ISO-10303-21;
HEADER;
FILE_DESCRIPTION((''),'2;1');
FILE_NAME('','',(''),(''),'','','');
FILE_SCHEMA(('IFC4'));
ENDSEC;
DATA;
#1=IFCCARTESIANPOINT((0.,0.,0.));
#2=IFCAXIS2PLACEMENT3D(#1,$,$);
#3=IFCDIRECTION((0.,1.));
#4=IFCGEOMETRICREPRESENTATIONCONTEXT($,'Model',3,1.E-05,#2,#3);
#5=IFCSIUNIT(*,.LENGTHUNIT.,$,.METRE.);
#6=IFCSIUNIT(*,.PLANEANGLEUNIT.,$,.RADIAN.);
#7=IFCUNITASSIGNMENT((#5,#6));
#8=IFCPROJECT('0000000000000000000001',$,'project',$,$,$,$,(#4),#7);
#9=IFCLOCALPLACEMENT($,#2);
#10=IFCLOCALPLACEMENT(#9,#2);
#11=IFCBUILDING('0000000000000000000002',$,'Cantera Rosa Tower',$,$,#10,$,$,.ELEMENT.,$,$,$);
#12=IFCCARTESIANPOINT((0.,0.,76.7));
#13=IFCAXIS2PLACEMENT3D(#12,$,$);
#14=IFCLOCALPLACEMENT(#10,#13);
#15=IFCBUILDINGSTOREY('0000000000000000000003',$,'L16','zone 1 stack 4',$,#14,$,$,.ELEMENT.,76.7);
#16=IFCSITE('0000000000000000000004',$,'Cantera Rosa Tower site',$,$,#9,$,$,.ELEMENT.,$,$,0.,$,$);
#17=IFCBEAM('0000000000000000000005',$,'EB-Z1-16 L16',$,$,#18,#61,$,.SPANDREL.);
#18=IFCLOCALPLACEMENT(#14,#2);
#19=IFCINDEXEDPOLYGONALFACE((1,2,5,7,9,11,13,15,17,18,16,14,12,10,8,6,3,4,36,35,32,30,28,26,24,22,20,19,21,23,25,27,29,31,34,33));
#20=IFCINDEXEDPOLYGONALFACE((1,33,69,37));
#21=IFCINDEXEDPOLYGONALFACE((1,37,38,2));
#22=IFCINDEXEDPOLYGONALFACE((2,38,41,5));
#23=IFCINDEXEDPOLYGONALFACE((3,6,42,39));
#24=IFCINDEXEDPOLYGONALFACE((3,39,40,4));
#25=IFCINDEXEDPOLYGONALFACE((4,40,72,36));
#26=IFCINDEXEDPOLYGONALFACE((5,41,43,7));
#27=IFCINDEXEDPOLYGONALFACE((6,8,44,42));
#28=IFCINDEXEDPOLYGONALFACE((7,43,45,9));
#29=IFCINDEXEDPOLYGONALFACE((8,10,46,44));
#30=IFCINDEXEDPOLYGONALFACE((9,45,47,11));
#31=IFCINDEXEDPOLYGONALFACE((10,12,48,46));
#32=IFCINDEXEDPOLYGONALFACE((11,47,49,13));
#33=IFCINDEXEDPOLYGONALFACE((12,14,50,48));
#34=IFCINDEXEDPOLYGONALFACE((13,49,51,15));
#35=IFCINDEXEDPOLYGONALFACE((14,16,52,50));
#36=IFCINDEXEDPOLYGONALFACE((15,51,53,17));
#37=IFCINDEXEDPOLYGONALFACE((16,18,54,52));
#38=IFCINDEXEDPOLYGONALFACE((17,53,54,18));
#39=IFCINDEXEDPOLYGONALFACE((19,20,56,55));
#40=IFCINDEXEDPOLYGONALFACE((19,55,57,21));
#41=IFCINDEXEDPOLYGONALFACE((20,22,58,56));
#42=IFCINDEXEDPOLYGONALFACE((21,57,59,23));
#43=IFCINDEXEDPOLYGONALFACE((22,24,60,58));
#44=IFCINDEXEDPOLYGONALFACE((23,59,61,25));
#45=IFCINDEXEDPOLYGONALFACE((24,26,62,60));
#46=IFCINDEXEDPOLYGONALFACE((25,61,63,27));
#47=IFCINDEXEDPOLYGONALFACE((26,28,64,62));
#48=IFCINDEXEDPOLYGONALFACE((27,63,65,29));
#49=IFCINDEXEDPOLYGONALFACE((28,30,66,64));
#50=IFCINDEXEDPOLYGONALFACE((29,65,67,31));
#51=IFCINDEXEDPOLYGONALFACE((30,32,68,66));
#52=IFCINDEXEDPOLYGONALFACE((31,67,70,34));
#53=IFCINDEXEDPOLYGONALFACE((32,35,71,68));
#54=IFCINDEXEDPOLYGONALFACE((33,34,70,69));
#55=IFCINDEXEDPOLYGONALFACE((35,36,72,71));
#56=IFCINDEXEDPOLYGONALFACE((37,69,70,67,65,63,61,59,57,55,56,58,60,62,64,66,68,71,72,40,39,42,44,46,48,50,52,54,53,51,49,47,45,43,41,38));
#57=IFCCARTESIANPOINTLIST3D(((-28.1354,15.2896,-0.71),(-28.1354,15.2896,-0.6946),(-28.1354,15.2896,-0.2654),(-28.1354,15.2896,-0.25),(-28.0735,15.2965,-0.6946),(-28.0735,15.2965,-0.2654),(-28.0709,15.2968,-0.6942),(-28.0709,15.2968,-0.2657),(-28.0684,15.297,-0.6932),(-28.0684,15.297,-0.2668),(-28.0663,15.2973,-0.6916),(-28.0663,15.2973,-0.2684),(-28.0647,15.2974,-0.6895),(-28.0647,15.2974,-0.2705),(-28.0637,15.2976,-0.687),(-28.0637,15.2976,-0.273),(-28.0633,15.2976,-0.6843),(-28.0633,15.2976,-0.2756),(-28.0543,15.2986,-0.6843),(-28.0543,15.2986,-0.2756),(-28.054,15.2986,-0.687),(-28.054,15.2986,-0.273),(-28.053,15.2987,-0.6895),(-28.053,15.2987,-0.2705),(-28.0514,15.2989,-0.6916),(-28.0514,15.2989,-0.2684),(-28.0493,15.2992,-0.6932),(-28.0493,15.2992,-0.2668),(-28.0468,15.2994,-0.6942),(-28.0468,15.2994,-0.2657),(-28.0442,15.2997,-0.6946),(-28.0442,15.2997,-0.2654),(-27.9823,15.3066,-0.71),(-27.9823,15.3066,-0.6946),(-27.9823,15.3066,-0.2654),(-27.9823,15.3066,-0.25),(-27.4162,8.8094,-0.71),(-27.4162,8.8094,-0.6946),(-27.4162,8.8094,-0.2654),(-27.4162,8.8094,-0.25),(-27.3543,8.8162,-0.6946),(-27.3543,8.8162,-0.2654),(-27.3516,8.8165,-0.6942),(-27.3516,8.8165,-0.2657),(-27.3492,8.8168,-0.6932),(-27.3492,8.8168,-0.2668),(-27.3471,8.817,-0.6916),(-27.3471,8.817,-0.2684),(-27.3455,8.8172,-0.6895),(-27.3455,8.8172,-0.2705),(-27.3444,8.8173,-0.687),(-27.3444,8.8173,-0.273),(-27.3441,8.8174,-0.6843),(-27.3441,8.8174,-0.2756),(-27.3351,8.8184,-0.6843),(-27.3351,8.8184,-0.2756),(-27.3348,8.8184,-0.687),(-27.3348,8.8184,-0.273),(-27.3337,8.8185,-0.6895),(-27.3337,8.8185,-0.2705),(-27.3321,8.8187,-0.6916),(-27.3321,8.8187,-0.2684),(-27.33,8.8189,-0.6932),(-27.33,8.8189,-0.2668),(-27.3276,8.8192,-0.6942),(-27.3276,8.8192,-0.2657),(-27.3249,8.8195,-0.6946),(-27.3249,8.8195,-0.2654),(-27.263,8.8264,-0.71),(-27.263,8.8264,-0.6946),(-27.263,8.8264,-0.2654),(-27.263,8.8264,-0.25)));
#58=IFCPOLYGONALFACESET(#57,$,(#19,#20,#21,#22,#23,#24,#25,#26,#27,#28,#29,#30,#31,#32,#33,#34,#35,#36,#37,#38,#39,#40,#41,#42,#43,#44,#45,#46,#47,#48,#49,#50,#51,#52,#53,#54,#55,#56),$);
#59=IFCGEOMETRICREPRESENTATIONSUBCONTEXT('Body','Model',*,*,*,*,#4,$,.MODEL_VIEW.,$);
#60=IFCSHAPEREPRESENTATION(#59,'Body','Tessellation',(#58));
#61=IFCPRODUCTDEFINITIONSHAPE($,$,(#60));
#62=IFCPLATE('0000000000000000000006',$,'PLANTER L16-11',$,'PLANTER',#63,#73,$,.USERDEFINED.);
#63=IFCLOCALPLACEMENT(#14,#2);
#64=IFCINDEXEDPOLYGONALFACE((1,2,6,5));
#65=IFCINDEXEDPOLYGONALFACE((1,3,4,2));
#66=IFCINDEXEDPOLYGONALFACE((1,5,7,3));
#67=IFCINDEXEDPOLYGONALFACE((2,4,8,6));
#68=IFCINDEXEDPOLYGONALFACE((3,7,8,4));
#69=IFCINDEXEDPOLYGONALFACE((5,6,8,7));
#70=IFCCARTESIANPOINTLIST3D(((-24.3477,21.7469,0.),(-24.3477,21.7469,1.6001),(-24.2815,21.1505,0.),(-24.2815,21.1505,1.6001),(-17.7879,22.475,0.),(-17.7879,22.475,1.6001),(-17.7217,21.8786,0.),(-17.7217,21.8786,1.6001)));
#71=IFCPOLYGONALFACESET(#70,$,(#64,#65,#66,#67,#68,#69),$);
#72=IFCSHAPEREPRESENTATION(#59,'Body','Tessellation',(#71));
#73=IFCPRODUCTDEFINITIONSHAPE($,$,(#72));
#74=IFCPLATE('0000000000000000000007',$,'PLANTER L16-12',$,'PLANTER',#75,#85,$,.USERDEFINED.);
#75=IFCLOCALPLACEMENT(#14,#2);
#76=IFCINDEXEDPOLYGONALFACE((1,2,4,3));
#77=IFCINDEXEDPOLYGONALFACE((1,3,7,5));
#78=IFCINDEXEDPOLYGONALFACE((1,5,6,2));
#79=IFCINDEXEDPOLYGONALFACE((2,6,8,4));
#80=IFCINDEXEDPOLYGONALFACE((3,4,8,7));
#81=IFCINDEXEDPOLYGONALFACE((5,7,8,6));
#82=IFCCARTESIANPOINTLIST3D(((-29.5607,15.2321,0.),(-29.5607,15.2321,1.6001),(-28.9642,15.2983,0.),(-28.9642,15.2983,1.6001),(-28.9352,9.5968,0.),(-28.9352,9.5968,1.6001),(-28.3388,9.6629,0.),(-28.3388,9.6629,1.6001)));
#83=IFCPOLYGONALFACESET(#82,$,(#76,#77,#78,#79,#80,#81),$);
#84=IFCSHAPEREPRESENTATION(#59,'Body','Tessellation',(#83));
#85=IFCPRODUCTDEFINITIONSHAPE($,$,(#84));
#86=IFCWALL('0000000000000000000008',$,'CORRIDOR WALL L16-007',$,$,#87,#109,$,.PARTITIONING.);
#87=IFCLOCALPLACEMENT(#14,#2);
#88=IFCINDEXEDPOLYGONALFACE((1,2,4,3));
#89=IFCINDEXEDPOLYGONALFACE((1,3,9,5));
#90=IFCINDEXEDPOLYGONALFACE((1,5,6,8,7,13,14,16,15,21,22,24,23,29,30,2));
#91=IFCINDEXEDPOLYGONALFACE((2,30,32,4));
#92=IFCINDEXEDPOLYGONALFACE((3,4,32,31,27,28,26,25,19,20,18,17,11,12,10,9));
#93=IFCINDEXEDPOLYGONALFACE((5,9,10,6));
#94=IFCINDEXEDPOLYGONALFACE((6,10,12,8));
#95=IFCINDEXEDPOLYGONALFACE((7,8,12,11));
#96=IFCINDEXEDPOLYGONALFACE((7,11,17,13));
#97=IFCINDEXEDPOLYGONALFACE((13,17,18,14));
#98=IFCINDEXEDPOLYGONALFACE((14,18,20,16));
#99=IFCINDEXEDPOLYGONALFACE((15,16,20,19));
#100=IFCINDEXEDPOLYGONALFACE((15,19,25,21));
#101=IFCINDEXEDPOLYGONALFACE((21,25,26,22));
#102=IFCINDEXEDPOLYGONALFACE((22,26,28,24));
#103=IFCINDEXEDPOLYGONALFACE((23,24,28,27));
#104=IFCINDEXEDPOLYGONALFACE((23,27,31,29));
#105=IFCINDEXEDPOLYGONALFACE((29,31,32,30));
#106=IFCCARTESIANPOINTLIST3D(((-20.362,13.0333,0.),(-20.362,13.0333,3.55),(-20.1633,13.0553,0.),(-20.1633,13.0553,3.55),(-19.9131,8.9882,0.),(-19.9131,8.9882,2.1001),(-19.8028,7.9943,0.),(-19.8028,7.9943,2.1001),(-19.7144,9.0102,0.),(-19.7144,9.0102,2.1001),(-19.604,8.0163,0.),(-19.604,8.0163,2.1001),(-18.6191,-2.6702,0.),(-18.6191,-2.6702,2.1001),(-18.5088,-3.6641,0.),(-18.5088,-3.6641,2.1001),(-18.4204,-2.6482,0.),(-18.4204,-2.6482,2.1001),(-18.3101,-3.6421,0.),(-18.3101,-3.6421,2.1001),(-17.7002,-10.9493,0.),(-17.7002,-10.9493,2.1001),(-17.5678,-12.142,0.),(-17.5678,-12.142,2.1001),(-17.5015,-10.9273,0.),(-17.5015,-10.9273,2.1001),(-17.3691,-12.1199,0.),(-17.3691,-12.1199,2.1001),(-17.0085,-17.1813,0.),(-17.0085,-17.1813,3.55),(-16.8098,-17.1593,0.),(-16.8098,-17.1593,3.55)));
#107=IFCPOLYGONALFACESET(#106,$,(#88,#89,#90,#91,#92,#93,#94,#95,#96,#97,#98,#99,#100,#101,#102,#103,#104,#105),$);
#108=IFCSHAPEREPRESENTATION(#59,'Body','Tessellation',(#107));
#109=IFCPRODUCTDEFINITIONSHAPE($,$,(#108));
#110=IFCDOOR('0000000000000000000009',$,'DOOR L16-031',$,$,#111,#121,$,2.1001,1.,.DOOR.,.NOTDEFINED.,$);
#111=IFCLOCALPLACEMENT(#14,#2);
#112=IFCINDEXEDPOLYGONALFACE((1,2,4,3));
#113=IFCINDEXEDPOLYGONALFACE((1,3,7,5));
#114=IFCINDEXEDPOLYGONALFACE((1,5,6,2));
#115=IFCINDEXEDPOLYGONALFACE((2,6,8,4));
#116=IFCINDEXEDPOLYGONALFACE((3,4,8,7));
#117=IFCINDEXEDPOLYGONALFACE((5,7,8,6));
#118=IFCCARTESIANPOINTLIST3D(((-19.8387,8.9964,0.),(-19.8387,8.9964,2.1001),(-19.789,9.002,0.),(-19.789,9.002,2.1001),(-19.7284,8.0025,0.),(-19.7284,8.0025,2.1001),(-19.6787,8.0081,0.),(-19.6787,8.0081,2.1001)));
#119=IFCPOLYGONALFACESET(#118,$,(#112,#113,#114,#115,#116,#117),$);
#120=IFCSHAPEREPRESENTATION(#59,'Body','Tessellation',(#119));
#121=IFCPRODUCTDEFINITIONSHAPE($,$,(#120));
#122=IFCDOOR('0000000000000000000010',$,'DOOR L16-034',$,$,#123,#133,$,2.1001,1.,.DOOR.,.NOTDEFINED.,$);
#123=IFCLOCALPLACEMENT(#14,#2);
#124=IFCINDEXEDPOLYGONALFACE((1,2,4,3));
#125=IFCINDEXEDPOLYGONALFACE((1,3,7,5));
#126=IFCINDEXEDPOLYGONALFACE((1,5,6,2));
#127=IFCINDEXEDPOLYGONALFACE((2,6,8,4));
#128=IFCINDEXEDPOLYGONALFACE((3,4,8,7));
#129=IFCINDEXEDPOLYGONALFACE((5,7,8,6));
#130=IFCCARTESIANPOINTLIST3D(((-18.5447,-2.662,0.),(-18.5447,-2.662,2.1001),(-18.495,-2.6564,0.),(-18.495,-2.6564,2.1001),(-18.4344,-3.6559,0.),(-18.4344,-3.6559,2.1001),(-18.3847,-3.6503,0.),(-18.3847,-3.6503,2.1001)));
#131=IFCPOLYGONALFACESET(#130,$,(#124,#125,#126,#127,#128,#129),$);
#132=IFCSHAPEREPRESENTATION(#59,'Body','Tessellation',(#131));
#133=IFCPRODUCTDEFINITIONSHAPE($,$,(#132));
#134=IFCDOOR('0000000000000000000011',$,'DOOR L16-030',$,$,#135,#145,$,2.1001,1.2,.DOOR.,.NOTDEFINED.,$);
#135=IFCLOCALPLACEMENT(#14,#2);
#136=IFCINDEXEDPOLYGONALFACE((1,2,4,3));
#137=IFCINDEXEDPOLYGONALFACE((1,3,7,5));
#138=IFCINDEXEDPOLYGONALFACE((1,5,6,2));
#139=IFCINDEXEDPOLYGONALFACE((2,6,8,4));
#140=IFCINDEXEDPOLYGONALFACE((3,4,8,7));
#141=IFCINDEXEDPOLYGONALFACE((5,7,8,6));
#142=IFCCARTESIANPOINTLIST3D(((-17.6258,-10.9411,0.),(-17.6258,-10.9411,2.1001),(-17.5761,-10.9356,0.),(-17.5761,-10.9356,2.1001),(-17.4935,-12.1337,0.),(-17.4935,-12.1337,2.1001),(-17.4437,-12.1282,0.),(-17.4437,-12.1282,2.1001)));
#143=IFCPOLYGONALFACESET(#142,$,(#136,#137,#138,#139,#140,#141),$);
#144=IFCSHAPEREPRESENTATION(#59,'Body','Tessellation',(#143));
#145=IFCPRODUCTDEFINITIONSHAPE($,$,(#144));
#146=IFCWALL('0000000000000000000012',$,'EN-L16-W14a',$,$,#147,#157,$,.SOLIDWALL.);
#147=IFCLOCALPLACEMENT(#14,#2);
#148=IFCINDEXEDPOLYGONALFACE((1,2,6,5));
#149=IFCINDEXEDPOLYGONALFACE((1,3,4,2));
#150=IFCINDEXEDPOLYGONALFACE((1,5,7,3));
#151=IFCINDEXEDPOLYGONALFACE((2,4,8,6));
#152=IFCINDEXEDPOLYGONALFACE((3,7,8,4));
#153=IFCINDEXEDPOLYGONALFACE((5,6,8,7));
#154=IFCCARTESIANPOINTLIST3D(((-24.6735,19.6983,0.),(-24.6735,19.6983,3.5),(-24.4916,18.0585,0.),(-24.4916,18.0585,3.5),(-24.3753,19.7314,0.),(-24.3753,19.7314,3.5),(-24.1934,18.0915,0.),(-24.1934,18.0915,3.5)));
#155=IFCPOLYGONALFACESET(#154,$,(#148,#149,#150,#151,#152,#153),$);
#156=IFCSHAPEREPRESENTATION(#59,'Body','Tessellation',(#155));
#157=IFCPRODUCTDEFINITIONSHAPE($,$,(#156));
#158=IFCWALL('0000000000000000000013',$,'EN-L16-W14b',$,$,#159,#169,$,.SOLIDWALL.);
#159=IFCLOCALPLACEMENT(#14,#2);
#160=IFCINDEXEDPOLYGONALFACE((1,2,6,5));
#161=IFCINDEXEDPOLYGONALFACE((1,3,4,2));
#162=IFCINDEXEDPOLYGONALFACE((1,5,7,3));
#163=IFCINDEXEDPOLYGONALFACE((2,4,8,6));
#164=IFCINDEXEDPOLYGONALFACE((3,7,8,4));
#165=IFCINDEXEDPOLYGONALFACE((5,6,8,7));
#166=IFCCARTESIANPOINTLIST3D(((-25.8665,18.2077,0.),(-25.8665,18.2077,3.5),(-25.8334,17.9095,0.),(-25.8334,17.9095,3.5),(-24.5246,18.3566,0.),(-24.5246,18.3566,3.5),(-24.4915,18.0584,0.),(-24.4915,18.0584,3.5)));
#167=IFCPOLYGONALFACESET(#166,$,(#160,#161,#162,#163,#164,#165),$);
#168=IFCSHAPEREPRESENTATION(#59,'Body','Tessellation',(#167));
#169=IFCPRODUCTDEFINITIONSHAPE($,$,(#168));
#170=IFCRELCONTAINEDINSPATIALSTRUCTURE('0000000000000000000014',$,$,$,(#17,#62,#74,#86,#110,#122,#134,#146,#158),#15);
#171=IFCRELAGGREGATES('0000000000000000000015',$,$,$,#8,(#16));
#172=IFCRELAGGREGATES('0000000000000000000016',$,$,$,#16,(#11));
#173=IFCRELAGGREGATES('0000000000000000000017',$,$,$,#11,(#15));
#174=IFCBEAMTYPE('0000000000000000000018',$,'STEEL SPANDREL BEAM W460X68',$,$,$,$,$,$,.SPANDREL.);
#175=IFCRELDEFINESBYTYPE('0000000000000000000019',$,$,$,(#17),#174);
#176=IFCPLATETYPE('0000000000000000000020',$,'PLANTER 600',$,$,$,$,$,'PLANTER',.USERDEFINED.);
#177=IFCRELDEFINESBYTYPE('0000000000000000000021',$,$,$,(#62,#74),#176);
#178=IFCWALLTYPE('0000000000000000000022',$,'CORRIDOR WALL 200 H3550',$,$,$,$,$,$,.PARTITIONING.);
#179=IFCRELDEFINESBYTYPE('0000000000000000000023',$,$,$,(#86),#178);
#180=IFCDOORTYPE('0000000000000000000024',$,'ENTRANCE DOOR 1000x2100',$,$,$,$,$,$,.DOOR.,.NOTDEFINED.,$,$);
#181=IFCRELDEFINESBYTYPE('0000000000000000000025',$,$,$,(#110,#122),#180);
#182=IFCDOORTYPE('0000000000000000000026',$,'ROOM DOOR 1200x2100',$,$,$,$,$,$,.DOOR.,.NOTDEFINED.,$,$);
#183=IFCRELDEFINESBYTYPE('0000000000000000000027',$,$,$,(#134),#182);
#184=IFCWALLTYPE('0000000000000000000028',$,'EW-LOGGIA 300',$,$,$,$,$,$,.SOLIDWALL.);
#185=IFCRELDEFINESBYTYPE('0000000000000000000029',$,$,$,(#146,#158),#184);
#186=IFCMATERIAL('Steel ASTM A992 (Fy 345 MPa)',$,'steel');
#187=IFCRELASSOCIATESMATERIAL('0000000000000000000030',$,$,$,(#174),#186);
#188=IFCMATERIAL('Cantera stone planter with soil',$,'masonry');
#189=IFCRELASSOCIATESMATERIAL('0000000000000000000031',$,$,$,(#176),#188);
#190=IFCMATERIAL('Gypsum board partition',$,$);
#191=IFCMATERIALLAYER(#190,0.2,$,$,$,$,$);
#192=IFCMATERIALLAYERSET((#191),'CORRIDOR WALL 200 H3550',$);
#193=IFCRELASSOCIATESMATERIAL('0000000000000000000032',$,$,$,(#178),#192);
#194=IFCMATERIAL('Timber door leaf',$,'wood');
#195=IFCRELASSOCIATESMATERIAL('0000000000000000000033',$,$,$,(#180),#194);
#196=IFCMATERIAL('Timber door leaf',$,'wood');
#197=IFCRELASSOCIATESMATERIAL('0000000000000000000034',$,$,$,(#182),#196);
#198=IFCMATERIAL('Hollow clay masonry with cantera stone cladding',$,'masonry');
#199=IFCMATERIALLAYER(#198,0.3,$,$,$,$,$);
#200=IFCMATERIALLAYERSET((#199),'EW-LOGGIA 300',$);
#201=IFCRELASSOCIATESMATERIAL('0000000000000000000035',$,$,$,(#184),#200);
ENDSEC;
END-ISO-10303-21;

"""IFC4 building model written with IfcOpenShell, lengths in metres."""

from ifc_helpers import new_model, si_unit, direction, frame, frame_2d, origin, origin_2d, place, context, subcontext, project, spatial, rectangle, i_section, extrude, material, layer, layer_set, material_profile, profile_set, type_object, element, fill, save


model = new_model("IFC4")

# Units and contexts
model_context = context("Model", 3, precision=1e-05, world=origin(), true_north=direction((0.0, 1.0)))
body_context = subcontext(model_context, "Body", "Model", "MODEL_VIEW")
ifc_project = project(units=[si_unit("LENGTHUNIT", "METRE"), si_unit("PLANEANGLEUNIT", "RADIAN")], contexts=[model_context])

# Site, building, storey
site_placement = place(None, origin())
site = spatial("IfcSite", under=ifc_project, at=site_placement, Name="Cantera Rosa Tower site", CompositionType="ELEMENT", RefElevation=0.0)
building_placement = place(site_placement, origin())
building = spatial("IfcBuilding", under=site, at=building_placement, Name="Cantera Rosa Tower", CompositionType="ELEMENT")
storey_placement = place(building_placement, frame((0.0, 0.0, 76.7)))
storey = spatial("IfcBuildingStorey", under=building, at=storey_placement, Name="L16", Description="zone 1 stack 4", CompositionType="ELEMENT", Elevation=76.7)

# Beam
ifc_material_1 = material(Name="Steel ASTM A992 (Fy 345 MPa)", Category="steel")
ifc_material_profile_1 = material_profile(ifc_material_1, i_section(OverallWidth=0.1541, OverallDepth=0.46, WebThickness=0.009, FlangeThickness=0.0154, FilletRadius=0.0103, at=origin_2d()), Name="W460X68")
ifc_profile_set_1 = profile_set([ifc_material_profile_1], Name="Steel ASTM A992 (Fy 345 MPa)")
beam_type_1 = type_object("IfcBeamType", Name="STEEL SPANDREL BEAM W460X68", PredefinedType="SPANDREL", material=ifc_profile_set_1)
beam_1_placement = place(storey_placement, frame((-28.0588, 15.2981, -0.48), z_axis=(0.110312, -0.993897, 0.0), x_axis=(0.993897, 0.110312, 0.0)))
element("IfcBeam", 1, at=beam_1_placement, inside=storey, type_object=beam_type_1, Name="EB-Z1-16 L16", PredefinedType="SPANDREL", context=body_context, shape_type="SweptSolid", body=[
    extrude(i_section(OverallWidth=0.1541, OverallDepth=0.46, WebThickness=0.009, FlangeThickness=0.0154, FilletRadius=0.0103, at=origin_2d()), origin(), (0.0, 0.0, 1.0), 6.52),
])

# Plates
ifc_material_2 = material(Name="Cantera stone planter with soil", Category="masonry")
plate_type = type_object("IfcPlateType", Name="PLANTER 600", ElementType="PLANTER", PredefinedType="USERDEFINED", material=ifc_material_2)
plate_1_placement = place(storey_placement, frame((-21.0347, 21.8127, 0.0), z_axis=(0.0, 0.0, 1.0), x_axis=(-0.993897, -0.110313, 0.0)))
element("IfcPlate", 2, at=plate_1_placement, inside=storey, type_object=plate_type, Name="PLANTER L16-11", ObjectType="PLANTER", PredefinedType="USERDEFINED", context=body_context, shape_type="SweptSolid", body=[
    extrude(rectangle(XDim=6.6001, YDim=0.6001, at=origin_2d()), origin(), (0.0, 0.0, 1.0), 1.6001),
])
plate_2_placement = place(storey_placement, frame((-28.9497, 12.4475, 0.0), z_axis=(0.0, 0.0, 1.0), x_axis=(0.110313, -0.993897, 0.0)))
element("IfcPlate", 3, at=plate_2_placement, inside=storey, type_object=plate_type, Name="PLANTER L16-12", ObjectType="PLANTER", PredefinedType="USERDEFINED", context=body_context, shape_type="SweptSolid", body=[
    extrude(rectangle(XDim=5.6699, YDim=0.6001, at=origin_2d()), origin(), (0.0, 0.0, 1.0), 1.6001),
])

# Wall, openings, doors
ifc_material_3 = material(Name="Gypsum board partition")
ifc_layer_1 = layer(ifc_material_3, 0.2)
ifc_layer_set_1 = layer_set([ifc_layer_1], Name="CORRIDOR WALL 200 H3550")
wall_type_1 = type_object("IfcWallType", Name="CORRIDOR WALL 200 H3550", PredefinedType="PARTITIONING", material=ifc_layer_set_1)
wall_1_placement = place(storey_placement, frame((-20.2627, 13.0444, 0.0), z_axis=(0.0, 0.0, 1.0), x_axis=(0.110313, -0.993897, 0.0)))
wall_1 = element("IfcWall", 4, at=wall_1_placement, inside=storey, type_object=wall_type_1, Name="CORRIDOR WALL L16-007", PredefinedType="PARTITIONING", context=body_context, shape_type="SweptSolid", body=[
    extrude(rectangle(XDim=30.4001, YDim=0.2, at=frame_2d((15.2002, 0.0))), origin(), (0.0, 0.0, 1.0), 3.55),
])
opening_1_placement = place(wall_1_placement, frame((24.1299, 0.0, 0.0)))
opening_1 = element("IfcOpeningElement", 5, at=opening_1_placement, cuts=wall_1, PredefinedType="OPENING", context=body_context, shape_type="SweptSolid", body=[
    extrude(rectangle(XDim=1.2, YDim=2.1001, at=frame_2d((0.6001, 1.05))), frame((0.0, 0.1099, 0.0), z_axis=(0.0, -1.0, 0.0), x_axis=(1.0, 0.0, 0.0)), (0.0, 0.0, 1.0), 0.22),
])
opening_2_placement = place(wall_1_placement, frame((4.0701, 0.0, 0.0)))
opening_2 = element("IfcOpeningElement", 6, at=opening_2_placement, cuts=wall_1, PredefinedType="OPENING", context=body_context, shape_type="SweptSolid", body=[
    extrude(rectangle(XDim=1.0, YDim=2.1001, at=frame_2d((0.5, 1.05))), frame((0.0, 0.1099, 0.0), z_axis=(0.0, -1.0, 0.0), x_axis=(1.0, 0.0, 0.0)), (0.0, 0.0, 1.0), 0.22),
])
opening_3_placement = place(wall_1_placement, frame((15.8, 0.0, 0.0)))
opening_3 = element("IfcOpeningElement", 7, at=opening_3_placement, cuts=wall_1, PredefinedType="OPENING", context=body_context, shape_type="SweptSolid", body=[
    extrude(rectangle(XDim=1.0, YDim=2.1001, at=frame_2d((0.5, 1.05))), frame((0.0, 0.1099, 0.0), z_axis=(0.0, -1.0, 0.0), x_axis=(1.0, 0.0, 0.0)), (0.0, 0.0, 1.0), 0.22),
])
ifc_material_4 = material(Name="Timber door leaf", Category="wood")
door_type_1 = type_object("IfcDoorType", Name="ENTRANCE DOOR 1000x2100", OperationType="NOTDEFINED", PredefinedType="DOOR", material=ifc_material_4)
door_1_placement = place(opening_2_placement, origin())
door_1 = element("IfcDoor", 8, at=door_1_placement, inside=storey, type_object=door_type_1, Name="DOOR L16-031", OperationType="NOTDEFINED", OverallHeight=2.1001, OverallWidth=1.0, PredefinedType="DOOR", context=body_context, shape_type="SweptSolid", body=[
    extrude(rectangle(XDim=1.0, YDim=2.1001, at=frame_2d((0.5, 1.05))), frame((0.0, 0.0249, 0.0), z_axis=(0.0, -1.0, 0.0), x_axis=(1.0, 0.0, 0.0)), (0.0, 0.0, 1.0), 0.05),
])
fill(opening_2, door_1)
door_2_placement = place(opening_3_placement, origin())
door_2 = element("IfcDoor", 9, at=door_2_placement, inside=storey, type_object=door_type_1, Name="DOOR L16-034", OperationType="NOTDEFINED", OverallHeight=2.1001, OverallWidth=1.0, PredefinedType="DOOR", context=body_context, shape_type="SweptSolid", body=[
    extrude(rectangle(XDim=1.0, YDim=2.1001, at=frame_2d((0.5, 1.05))), frame((0.0, 0.0249, 0.0), z_axis=(0.0, -1.0, 0.0), x_axis=(1.0, 0.0, 0.0)), (0.0, 0.0, 1.0), 0.05),
])
fill(opening_3, door_2)
ifc_material_5 = material(Name="Timber door leaf", Category="wood")
door_type_2 = type_object("IfcDoorType", Name="ROOM DOOR 1200x2100", OperationType="NOTDEFINED", PredefinedType="DOOR", material=ifc_material_5)
door_3_placement = place(opening_1_placement, origin())
door_3 = element("IfcDoor", 10, at=door_3_placement, inside=storey, type_object=door_type_2, Name="DOOR L16-030", OperationType="NOTDEFINED", OverallHeight=2.1001, OverallWidth=1.2, PredefinedType="DOOR", context=body_context, shape_type="SweptSolid", body=[
    extrude(rectangle(XDim=1.2, YDim=2.1001, at=frame_2d((0.6001, 1.05))), frame((0.0, 0.0249, 0.0), z_axis=(0.0, -1.0, 0.0), x_axis=(1.0, 0.0, 0.0)), (0.0, 0.0, 1.0), 0.05),
])
fill(opening_1, door_3)

# Walls
ifc_material_6 = material(Name="Hollow clay masonry with cantera stone cladding", Category="masonry")
ifc_layer_2 = layer(ifc_material_6, 0.3)
ifc_layer_set_2 = layer_set([ifc_layer_2], Name="EW-LOGGIA 300")
wall_type_2 = type_object("IfcWallType", Name="EW-LOGGIA 300", PredefinedType="SOLIDWALL", material=ifc_layer_set_2)
wall_2_placement = place(storey_placement, frame((-24.5244, 19.7148, 0.0), z_axis=(0.0, 0.0, 1.0), x_axis=(0.110237, -0.993905, 0.0)))
element("IfcWall", 11, at=wall_2_placement, inside=storey, type_object=wall_type_2, Name="EN-L16-W14a", PredefinedType="SOLIDWALL", context=body_context, shape_type="SweptSolid", body=[
    extrude(rectangle(XDim=1.6499, YDim=0.3, at=frame_2d((0.825, 0.0))), origin(), (0.0, 0.0, 1.0), 3.5),
])
wall_3_placement = place(storey_placement, frame((-24.5081, 18.2075, 0.0), z_axis=(0.0, 0.0, 1.0), x_axis=(-0.993897, -0.110312, 0.0)))
element("IfcWall", 12, at=wall_3_placement, inside=storey, type_object=wall_type_2, Name="EN-L16-W14b", PredefinedType="SOLIDWALL", context=body_context, shape_type="SweptSolid", body=[
    extrude(rectangle(XDim=1.3501, YDim=0.3, at=frame_2d((0.675, 0.0))), origin(), (0.0, 0.0, 1.0), 3.5),
])

save(model, "model.ifc")
